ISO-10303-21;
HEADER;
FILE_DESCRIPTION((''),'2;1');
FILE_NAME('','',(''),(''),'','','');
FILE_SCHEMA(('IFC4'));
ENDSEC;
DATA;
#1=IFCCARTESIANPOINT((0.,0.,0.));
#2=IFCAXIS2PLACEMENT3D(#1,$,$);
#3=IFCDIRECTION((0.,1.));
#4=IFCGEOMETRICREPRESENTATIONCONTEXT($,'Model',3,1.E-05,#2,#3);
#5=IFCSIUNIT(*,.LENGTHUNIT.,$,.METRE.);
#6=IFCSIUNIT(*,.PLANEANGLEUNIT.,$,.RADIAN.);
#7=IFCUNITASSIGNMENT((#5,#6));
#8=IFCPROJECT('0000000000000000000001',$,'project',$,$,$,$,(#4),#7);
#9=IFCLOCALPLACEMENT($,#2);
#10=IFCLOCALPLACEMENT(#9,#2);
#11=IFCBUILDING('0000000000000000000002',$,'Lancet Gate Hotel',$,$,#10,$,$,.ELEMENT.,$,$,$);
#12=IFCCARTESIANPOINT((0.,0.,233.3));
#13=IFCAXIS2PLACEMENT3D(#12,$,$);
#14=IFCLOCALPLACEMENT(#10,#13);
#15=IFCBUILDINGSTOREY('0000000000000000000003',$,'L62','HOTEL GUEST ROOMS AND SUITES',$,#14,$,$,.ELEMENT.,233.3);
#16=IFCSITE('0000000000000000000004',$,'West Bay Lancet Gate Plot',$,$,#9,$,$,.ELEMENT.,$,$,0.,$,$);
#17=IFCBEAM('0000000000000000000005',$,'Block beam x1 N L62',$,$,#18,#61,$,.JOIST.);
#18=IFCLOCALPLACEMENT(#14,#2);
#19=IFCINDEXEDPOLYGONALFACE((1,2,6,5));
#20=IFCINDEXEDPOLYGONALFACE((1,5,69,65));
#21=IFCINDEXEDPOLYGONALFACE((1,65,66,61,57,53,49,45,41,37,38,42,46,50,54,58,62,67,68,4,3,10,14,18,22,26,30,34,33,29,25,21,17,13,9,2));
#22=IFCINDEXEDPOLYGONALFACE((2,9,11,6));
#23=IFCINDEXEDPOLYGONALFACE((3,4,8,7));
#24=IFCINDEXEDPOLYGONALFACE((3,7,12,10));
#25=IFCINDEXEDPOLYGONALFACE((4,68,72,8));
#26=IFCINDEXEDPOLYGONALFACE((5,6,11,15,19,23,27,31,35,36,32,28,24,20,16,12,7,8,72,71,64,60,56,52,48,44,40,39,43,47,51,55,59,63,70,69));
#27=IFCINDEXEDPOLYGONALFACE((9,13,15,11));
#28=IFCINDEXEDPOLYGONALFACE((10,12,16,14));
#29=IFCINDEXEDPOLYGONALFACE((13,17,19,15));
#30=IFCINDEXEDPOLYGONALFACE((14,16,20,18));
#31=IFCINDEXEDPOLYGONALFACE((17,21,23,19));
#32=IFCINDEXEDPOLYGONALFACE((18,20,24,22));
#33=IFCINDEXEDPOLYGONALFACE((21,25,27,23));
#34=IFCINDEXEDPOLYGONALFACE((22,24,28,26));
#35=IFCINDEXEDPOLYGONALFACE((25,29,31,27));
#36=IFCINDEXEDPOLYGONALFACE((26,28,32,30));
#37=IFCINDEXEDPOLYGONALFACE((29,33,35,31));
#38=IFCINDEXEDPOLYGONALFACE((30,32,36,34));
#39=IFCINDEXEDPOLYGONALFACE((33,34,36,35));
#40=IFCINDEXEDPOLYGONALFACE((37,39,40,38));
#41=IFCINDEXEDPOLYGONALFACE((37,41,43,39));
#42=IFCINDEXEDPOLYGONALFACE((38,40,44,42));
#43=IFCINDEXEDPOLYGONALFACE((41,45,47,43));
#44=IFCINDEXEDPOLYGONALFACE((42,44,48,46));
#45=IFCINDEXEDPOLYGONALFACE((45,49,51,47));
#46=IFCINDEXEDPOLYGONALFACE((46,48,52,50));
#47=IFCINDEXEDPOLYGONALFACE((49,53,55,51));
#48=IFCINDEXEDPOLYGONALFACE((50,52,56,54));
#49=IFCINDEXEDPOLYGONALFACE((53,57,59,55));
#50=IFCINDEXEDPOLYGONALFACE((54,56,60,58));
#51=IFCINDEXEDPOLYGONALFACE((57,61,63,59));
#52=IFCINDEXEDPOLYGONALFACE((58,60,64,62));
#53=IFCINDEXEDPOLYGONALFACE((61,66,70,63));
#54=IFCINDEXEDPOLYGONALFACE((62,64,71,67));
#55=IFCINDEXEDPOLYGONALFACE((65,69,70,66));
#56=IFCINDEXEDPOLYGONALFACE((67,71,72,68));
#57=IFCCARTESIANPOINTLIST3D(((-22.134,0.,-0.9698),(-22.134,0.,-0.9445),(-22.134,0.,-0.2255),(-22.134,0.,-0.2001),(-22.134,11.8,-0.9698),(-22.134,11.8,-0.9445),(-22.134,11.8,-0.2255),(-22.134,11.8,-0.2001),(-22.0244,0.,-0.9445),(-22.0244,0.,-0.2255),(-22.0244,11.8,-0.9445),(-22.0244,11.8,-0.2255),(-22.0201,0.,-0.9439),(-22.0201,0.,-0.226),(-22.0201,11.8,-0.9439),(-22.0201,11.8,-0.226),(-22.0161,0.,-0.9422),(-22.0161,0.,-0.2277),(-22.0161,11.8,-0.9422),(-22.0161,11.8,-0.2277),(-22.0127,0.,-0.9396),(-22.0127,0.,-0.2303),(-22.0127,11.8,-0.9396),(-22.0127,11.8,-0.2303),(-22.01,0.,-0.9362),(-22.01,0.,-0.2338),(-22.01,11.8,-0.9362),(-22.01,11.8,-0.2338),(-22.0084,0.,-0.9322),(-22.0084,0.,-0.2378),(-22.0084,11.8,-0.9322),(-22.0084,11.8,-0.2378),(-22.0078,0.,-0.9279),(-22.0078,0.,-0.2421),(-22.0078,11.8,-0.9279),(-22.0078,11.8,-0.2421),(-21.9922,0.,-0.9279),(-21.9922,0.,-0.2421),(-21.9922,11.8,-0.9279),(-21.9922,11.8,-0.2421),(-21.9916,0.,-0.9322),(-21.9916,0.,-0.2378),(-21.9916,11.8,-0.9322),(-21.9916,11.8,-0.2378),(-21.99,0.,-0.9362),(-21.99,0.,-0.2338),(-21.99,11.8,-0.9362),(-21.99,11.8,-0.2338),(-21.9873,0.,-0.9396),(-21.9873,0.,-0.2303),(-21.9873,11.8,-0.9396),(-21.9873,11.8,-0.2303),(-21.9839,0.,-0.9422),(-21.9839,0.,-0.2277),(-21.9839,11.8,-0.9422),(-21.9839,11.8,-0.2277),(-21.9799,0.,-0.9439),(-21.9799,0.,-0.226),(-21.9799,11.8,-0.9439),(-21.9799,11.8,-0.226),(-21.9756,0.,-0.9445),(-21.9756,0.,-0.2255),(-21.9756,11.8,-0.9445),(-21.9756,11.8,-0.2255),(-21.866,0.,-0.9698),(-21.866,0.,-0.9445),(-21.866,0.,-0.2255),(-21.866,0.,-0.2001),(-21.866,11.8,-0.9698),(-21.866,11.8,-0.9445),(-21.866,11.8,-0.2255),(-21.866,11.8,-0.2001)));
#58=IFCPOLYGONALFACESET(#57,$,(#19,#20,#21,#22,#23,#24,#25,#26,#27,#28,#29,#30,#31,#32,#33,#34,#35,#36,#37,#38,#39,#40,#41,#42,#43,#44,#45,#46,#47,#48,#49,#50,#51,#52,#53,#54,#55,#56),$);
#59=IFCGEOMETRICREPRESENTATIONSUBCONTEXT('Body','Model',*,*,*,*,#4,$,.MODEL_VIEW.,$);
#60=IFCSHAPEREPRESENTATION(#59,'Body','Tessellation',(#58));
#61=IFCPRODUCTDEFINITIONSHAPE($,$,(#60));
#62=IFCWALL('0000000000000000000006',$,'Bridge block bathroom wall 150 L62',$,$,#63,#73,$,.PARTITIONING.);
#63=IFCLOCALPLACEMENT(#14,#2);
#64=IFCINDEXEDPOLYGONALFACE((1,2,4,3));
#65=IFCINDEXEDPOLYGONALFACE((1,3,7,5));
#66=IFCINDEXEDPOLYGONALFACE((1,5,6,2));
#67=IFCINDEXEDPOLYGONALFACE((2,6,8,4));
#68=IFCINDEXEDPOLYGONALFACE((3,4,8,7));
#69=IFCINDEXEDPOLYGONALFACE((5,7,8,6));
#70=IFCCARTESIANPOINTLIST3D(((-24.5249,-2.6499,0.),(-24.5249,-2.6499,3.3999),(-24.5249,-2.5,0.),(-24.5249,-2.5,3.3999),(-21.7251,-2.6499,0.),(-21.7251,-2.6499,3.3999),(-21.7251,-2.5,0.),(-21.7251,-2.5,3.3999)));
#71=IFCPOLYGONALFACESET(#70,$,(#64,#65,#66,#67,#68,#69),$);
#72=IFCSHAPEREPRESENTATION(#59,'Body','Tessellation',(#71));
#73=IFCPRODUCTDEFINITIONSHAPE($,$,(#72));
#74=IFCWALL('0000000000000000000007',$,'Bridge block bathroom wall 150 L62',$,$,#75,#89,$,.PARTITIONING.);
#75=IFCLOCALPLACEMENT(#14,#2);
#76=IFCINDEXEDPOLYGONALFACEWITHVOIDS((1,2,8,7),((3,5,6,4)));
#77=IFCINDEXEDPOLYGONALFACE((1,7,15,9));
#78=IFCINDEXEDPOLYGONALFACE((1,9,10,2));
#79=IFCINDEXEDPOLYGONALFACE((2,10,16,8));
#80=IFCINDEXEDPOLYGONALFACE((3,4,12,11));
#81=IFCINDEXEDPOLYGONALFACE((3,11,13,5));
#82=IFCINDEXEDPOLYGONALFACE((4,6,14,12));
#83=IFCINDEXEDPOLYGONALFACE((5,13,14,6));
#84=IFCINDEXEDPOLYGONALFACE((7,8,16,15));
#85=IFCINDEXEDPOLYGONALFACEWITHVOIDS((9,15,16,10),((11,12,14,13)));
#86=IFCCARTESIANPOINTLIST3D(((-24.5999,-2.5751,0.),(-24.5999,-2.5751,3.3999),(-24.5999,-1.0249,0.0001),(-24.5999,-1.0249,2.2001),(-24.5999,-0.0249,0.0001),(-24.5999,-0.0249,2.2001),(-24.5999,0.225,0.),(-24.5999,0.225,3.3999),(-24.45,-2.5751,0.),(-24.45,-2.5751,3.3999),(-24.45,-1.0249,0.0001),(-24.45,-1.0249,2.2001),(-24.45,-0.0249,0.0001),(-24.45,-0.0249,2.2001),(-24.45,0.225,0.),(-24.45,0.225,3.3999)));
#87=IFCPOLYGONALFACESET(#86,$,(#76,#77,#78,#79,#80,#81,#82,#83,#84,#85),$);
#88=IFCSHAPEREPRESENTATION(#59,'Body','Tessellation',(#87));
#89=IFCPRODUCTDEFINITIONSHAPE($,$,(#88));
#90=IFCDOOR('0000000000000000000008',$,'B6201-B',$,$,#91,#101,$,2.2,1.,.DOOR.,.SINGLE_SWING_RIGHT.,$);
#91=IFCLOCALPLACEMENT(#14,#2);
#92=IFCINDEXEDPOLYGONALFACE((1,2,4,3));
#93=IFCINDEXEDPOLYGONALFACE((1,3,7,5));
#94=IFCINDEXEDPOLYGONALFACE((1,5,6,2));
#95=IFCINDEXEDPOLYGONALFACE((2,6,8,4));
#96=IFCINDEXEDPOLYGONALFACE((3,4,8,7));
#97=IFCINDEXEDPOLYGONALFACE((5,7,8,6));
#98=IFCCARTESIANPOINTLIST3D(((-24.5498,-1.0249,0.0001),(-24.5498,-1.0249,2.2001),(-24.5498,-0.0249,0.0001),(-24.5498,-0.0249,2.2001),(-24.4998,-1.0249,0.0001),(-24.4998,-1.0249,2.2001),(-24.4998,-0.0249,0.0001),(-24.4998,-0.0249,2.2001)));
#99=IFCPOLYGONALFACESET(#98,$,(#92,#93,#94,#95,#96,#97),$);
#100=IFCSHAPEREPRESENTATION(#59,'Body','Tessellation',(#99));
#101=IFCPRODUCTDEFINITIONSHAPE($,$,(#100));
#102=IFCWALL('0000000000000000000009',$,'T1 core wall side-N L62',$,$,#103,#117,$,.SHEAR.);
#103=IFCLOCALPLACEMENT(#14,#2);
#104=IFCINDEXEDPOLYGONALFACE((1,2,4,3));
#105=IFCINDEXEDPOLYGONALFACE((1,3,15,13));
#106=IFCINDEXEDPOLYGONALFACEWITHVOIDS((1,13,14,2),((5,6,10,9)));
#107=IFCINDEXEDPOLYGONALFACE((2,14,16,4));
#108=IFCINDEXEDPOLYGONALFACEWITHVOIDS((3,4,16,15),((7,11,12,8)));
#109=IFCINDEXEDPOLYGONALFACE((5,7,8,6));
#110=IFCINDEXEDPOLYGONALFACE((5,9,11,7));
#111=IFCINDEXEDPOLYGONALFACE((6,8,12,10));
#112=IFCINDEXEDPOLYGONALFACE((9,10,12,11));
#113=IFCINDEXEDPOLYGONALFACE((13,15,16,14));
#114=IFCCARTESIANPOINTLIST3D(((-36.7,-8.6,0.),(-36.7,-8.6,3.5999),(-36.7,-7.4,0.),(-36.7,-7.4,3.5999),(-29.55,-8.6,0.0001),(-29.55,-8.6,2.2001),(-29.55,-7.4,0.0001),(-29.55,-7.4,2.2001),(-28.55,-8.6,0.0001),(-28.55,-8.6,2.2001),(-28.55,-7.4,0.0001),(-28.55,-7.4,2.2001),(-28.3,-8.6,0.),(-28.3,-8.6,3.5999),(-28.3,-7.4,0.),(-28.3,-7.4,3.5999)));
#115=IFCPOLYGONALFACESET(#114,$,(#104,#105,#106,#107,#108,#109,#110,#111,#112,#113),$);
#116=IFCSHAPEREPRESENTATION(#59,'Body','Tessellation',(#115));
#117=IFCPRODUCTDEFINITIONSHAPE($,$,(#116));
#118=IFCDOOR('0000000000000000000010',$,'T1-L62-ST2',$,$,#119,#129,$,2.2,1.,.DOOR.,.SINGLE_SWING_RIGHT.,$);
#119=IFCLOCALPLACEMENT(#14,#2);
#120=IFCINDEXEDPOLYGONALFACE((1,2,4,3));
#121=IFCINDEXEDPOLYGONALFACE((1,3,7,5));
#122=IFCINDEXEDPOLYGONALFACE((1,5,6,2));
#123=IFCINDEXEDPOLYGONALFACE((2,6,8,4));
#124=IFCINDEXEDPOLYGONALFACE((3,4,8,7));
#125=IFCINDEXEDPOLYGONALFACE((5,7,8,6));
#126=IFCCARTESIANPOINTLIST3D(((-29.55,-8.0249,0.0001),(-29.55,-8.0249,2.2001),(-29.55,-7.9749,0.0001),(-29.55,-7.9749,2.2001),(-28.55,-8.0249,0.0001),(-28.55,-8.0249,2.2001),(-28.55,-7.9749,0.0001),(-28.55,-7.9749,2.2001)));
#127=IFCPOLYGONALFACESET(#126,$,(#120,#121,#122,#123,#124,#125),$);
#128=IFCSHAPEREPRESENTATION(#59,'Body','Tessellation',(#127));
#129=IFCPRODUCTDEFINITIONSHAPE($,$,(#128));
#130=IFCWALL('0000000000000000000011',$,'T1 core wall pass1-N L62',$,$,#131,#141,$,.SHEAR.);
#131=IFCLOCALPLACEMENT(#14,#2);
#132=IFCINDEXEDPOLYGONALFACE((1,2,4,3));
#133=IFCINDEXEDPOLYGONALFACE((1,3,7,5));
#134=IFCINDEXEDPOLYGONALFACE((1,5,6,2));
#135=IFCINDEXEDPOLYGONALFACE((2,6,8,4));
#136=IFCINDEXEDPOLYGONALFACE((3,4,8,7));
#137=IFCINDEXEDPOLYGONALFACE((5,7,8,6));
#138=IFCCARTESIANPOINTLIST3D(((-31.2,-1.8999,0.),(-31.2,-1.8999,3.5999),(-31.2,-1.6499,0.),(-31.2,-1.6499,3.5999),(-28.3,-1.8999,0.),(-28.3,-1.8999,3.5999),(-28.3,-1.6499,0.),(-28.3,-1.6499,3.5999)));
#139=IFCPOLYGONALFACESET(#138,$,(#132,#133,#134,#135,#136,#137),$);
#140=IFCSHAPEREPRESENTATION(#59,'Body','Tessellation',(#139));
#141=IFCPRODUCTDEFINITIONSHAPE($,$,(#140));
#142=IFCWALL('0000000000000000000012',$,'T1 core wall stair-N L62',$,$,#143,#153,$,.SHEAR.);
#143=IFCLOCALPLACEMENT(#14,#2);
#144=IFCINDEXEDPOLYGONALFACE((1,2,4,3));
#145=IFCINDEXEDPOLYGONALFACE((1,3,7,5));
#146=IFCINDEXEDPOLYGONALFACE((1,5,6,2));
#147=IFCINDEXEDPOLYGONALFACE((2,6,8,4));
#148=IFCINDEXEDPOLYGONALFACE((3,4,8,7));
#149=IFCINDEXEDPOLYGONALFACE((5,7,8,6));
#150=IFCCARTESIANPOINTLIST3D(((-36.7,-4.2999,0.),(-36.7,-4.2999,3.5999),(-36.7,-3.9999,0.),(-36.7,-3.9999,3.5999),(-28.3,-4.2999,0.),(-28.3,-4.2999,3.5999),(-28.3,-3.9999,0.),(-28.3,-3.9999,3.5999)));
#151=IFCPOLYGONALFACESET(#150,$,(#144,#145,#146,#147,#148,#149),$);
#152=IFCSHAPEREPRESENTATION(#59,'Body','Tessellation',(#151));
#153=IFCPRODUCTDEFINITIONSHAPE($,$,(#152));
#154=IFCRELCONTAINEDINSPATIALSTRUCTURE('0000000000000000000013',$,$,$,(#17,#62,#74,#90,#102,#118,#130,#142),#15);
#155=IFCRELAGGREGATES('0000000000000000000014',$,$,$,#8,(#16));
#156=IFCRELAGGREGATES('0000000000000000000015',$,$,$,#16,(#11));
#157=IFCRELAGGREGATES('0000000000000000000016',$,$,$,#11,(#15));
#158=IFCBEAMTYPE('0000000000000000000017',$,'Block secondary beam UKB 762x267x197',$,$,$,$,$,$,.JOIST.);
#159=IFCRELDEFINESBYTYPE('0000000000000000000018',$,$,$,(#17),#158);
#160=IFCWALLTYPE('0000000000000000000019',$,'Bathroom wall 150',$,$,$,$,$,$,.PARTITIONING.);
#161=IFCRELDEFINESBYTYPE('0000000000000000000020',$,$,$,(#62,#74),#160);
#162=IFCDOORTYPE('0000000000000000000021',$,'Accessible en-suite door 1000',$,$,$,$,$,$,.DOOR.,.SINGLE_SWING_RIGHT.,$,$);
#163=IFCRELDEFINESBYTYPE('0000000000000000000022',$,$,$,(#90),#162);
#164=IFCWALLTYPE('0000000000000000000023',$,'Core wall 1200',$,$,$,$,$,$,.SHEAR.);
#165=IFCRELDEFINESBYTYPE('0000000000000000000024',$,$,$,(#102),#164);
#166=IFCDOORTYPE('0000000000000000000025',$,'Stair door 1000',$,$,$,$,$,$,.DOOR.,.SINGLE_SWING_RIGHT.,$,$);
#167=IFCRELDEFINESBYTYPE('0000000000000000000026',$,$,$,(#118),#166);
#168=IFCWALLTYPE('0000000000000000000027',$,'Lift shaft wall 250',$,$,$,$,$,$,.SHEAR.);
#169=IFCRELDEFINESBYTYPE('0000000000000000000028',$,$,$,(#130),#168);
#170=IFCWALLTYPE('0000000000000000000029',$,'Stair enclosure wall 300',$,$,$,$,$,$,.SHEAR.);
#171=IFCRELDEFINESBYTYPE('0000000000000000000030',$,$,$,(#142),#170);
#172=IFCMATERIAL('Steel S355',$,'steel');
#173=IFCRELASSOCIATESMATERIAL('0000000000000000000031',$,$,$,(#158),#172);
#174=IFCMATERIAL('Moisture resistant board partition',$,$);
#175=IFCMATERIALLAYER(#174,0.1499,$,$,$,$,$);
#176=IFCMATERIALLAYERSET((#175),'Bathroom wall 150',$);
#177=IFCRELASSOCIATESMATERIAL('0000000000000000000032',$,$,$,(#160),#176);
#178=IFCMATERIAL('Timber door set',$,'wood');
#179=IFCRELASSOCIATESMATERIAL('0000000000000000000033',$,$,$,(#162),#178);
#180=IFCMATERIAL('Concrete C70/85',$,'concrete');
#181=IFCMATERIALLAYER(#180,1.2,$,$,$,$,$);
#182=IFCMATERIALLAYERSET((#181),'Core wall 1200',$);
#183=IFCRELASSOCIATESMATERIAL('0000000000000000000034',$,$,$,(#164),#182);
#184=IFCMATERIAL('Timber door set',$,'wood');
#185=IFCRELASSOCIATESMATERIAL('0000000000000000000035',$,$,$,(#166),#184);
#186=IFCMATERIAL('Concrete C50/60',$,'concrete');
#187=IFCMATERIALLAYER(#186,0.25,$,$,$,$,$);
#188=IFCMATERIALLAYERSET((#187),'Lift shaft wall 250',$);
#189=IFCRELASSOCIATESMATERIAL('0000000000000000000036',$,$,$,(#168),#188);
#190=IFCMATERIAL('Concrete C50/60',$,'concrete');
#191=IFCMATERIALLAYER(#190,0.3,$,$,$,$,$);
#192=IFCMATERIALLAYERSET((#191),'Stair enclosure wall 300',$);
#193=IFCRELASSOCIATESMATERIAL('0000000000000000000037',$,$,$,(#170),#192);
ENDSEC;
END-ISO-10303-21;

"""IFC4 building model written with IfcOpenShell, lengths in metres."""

from ifc_helpers import new_model, si_unit, direction, frame, frame_2d, origin, origin_2d, place, context, subcontext, project, spatial, rectangle, i_section, extrude, material, layer, layer_set, material_profile, profile_set, type_object, element, fill, save


model = new_model("IFC4")

# Units and contexts
model_context = context("Model", 3, precision=1e-05, world=origin(), true_north=direction((0.0, 1.0)))
body_context = subcontext(model_context, "Body", "Model", "MODEL_VIEW")
ifc_project = project(units=[si_unit("LENGTHUNIT", "METRE"), si_unit("PLANEANGLEUNIT", "RADIAN")], contexts=[model_context])

# Site, building, storey
site_placement = place(None, origin())
site = spatial("IfcSite", under=ifc_project, at=site_placement, Name="West Bay Lancet Gate Plot", CompositionType="ELEMENT", RefElevation=0.0)
building_placement = place(site_placement, origin())
building = spatial("IfcBuilding", under=site, at=building_placement, Name="Lancet Gate Hotel", CompositionType="ELEMENT")
storey_placement = place(building_placement, frame((0.0, 0.0, 233.3)))
storey = spatial("IfcBuildingStorey", under=building, at=storey_placement, Name="L62", Description="HOTEL GUEST ROOMS AND SUITES", CompositionType="ELEMENT", Elevation=233.3)

# Beam
ifc_material_1 = material(Name="Steel S355", Category="steel")
ifc_material_profile_1 = material_profile(ifc_material_1, i_section(OverallWidth=0.2681, OverallDepth=0.7698, WebThickness=0.0156, FlangeThickness=0.0254, FilletRadius=0.0166, at=origin_2d()), Name="UKB 762x267x197")
ifc_profile_set_1 = profile_set([ifc_material_profile_1], Name="Steel S355")
beam_type_1 = type_object("IfcBeamType", Name="Block secondary beam UKB 762x267x197", PredefinedType="JOIST", material=ifc_profile_set_1)
beam_1_placement = place(storey_placement, frame((-22.0, 0.0, -0.585), z_axis=(0.0, 1.0, 0.0), x_axis=(-1.0, 0.0, 0.0)))
element("IfcBeam", 1, at=beam_1_placement, inside=storey, type_object=beam_type_1, Name="Block beam x1 N L62", PredefinedType="JOIST", context=body_context, shape_type="SweptSolid", body=[
    extrude(i_section(OverallWidth=0.2681, OverallDepth=0.7698, WebThickness=0.0156, FlangeThickness=0.0254, FilletRadius=0.0166, at=origin_2d()), origin(), (0.0, 0.0, 1.0), 11.8),
])

# Wall
ifc_material_2 = material(Name="Moisture resistant board partition")
ifc_layer_1 = layer(ifc_material_2, 0.1499)
ifc_layer_set_1 = layer_set([ifc_layer_1], Name="Bathroom wall 150")
wall_type_1 = type_object("IfcWallType", Name="Bathroom wall 150", PredefinedType="PARTITIONING", material=ifc_layer_set_1)
wall_1_placement = place(storey_placement, frame((-24.5249, -2.575, 0.0), z_axis=(0.0, 0.0, 1.0), x_axis=(1.0, 0.0, 0.0)))
element("IfcWall", 2, at=wall_1_placement, inside=storey, type_object=wall_type_1, Name="Bridge block bathroom wall 150 L62", PredefinedType="PARTITIONING", context=body_context, shape_type="SweptSolid", body=[
    extrude(rectangle(XDim=2.7998, YDim=0.1499, at=frame_2d((1.3999, 0.0))), origin(), (0.0, 0.0, 1.0), 3.3999),
])

# Walls, openings, doors
wall_2_placement = place(storey_placement, frame((-24.5249, -2.575, 0.0), z_axis=(0.0, 0.0, 1.0), x_axis=(0.0, 1.0, 0.0)))
wall_2 = element("IfcWall", 3, at=wall_2_placement, inside=storey, type_object=wall_type_1, Name="Bridge block bathroom wall 150 L62", PredefinedType="PARTITIONING", context=body_context, shape_type="SweptSolid", body=[
    extrude(rectangle(XDim=2.8, YDim=0.1499, at=frame_2d((1.3999, 0.0))), origin(), (0.0, 0.0, 1.0), 3.3999),
])
opening_1_placement = place(wall_2_placement, frame((1.55, 0.0, 0.0)))
opening_1 = element("IfcOpeningElement", 4, at=opening_1_placement, cuts=wall_2, PredefinedType="OPENING", context=body_context, shape_type="SweptSolid", body=[
    extrude(rectangle(XDim=1.0, YDim=2.2, at=frame_2d((0.5, 1.1001))), frame((0.0, 0.085, 0.0), z_axis=(0.0, -1.0, 0.0), x_axis=(1.0, 0.0, 0.0)), (0.0, 0.0, 1.0), 0.1699),
])
ifc_material_3 = material(Name="Timber door set", Category="wood")
door_type_1 = type_object("IfcDoorType", Name="Accessible en-suite door 1000", OperationType="SINGLE_SWING_RIGHT", PredefinedType="DOOR", material=ifc_material_3)
door_1_placement = place(opening_1_placement, origin())
door_1 = element("IfcDoor", 5, at=door_1_placement, inside=storey, type_object=door_type_1, Name="B6201-B", OperationType="SINGLE_SWING_RIGHT", OverallHeight=2.2, OverallWidth=1.0, PredefinedType="DOOR", context=body_context, shape_type="SweptSolid", body=[
    extrude(rectangle(XDim=1.0, YDim=2.2, at=frame_2d((0.5, 1.1001))), frame((0.0, 0.0249, 0.0), z_axis=(0.0, -1.0, 0.0), x_axis=(1.0, 0.0, 0.0)), (0.0, 0.0, 1.0), 0.05),
])
fill(opening_1, door_1)
ifc_material_4 = material(Name="Concrete C70/85", Category="concrete")
ifc_layer_2 = layer(ifc_material_4, 1.2)
ifc_layer_set_2 = layer_set([ifc_layer_2], Name="Core wall 1200")
wall_type_2 = type_object("IfcWallType", Name="Core wall 1200", PredefinedType="SHEAR", material=ifc_layer_set_2)
wall_3_placement = place(storey_placement, frame((-28.3, -8.0, 0.0), z_axis=(0.0, 0.0, 1.0), x_axis=(-1.0, 0.0, 0.0)))
wall_3 = element("IfcWall", 6, at=wall_3_placement, inside=storey, type_object=wall_type_2, Name="T1 core wall side-N L62", PredefinedType="SHEAR", context=body_context, shape_type="SweptSolid", body=[
    extrude(rectangle(XDim=8.3999, YDim=1.2, at=frame_2d((4.2, 0.0))), origin(), (0.0, 0.0, 1.0), 3.5999),
])
opening_2_placement = place(wall_3_placement, frame((0.25, 0.0, 0.0)))
opening_2 = element("IfcOpeningElement", 7, at=opening_2_placement, cuts=wall_3, PredefinedType="OPENING", context=body_context, shape_type="SweptSolid", body=[
    extrude(rectangle(XDim=1.0, YDim=2.2, at=frame_2d((0.5, 1.1001))), frame((0.0, 0.6099, 0.0), z_axis=(0.0, -1.0, 0.0), x_axis=(1.0, 0.0, 0.0)), (0.0, 0.0, 1.0), 1.22),
])
ifc_material_5 = material(Name="Timber door set", Category="wood")
door_type_2 = type_object("IfcDoorType", Name="Stair door 1000", OperationType="SINGLE_SWING_RIGHT", PredefinedType="DOOR", material=ifc_material_5)
door_2_placement = place(opening_2_placement, origin())
door_2 = element("IfcDoor", 8, at=door_2_placement, inside=storey, type_object=door_type_2, Name="T1-L62-ST2", OperationType="SINGLE_SWING_RIGHT", OverallHeight=2.2, OverallWidth=1.0, PredefinedType="DOOR", context=body_context, shape_type="SweptSolid", body=[
    extrude(rectangle(XDim=1.0, YDim=2.2, at=frame_2d((0.5, 1.1001))), frame((0.0, 0.0249, 0.0), z_axis=(0.0, -1.0, 0.0), x_axis=(1.0, 0.0, 0.0)), (0.0, 0.0, 1.0), 0.05),
])
fill(opening_2, door_2)

# Walls
ifc_material_6 = material(Name="Concrete C50/60", Category="concrete")
ifc_layer_3 = layer(ifc_material_6, 0.25)
ifc_layer_set_3 = layer_set([ifc_layer_3], Name="Lift shaft wall 250")
wall_type_3 = type_object("IfcWallType", Name="Lift shaft wall 250", PredefinedType="SHEAR", material=ifc_layer_set_3)
wall_4_placement = place(storey_placement, frame((-28.3, -1.7749, 0.0), z_axis=(0.0, 0.0, 1.0), x_axis=(-1.0, 0.0, 0.0)))
element("IfcWall", 9, at=wall_4_placement, inside=storey, type_object=wall_type_3, Name="T1 core wall pass1-N L62", PredefinedType="SHEAR", context=body_context, shape_type="SweptSolid", body=[
    extrude(rectangle(XDim=2.8999, YDim=0.25, at=frame_2d((1.45, 0.0))), origin(), (0.0, 0.0, 1.0), 3.5999),
])
ifc_material_7 = material(Name="Concrete C50/60", Category="concrete")
ifc_layer_4 = layer(ifc_material_7, 0.3)
ifc_layer_set_4 = layer_set([ifc_layer_4], Name="Stair enclosure wall 300")
wall_type_4 = type_object("IfcWallType", Name="Stair enclosure wall 300", PredefinedType="SHEAR", material=ifc_layer_set_4)
wall_5_placement = place(storey_placement, frame((-28.3, -4.1499, 0.0), z_axis=(0.0, 0.0, 1.0), x_axis=(-1.0, 0.0, 0.0)))
element("IfcWall", 10, at=wall_5_placement, inside=storey, type_object=wall_type_4, Name="T1 core wall stair-N L62", PredefinedType="SHEAR", context=body_context, shape_type="SweptSolid", body=[
    extrude(rectangle(XDim=8.3999, YDim=0.3, at=frame_2d((4.2, 0.0))), origin(), (0.0, 0.0, 1.0), 3.5999),
])

save(model, "model.ifc")
